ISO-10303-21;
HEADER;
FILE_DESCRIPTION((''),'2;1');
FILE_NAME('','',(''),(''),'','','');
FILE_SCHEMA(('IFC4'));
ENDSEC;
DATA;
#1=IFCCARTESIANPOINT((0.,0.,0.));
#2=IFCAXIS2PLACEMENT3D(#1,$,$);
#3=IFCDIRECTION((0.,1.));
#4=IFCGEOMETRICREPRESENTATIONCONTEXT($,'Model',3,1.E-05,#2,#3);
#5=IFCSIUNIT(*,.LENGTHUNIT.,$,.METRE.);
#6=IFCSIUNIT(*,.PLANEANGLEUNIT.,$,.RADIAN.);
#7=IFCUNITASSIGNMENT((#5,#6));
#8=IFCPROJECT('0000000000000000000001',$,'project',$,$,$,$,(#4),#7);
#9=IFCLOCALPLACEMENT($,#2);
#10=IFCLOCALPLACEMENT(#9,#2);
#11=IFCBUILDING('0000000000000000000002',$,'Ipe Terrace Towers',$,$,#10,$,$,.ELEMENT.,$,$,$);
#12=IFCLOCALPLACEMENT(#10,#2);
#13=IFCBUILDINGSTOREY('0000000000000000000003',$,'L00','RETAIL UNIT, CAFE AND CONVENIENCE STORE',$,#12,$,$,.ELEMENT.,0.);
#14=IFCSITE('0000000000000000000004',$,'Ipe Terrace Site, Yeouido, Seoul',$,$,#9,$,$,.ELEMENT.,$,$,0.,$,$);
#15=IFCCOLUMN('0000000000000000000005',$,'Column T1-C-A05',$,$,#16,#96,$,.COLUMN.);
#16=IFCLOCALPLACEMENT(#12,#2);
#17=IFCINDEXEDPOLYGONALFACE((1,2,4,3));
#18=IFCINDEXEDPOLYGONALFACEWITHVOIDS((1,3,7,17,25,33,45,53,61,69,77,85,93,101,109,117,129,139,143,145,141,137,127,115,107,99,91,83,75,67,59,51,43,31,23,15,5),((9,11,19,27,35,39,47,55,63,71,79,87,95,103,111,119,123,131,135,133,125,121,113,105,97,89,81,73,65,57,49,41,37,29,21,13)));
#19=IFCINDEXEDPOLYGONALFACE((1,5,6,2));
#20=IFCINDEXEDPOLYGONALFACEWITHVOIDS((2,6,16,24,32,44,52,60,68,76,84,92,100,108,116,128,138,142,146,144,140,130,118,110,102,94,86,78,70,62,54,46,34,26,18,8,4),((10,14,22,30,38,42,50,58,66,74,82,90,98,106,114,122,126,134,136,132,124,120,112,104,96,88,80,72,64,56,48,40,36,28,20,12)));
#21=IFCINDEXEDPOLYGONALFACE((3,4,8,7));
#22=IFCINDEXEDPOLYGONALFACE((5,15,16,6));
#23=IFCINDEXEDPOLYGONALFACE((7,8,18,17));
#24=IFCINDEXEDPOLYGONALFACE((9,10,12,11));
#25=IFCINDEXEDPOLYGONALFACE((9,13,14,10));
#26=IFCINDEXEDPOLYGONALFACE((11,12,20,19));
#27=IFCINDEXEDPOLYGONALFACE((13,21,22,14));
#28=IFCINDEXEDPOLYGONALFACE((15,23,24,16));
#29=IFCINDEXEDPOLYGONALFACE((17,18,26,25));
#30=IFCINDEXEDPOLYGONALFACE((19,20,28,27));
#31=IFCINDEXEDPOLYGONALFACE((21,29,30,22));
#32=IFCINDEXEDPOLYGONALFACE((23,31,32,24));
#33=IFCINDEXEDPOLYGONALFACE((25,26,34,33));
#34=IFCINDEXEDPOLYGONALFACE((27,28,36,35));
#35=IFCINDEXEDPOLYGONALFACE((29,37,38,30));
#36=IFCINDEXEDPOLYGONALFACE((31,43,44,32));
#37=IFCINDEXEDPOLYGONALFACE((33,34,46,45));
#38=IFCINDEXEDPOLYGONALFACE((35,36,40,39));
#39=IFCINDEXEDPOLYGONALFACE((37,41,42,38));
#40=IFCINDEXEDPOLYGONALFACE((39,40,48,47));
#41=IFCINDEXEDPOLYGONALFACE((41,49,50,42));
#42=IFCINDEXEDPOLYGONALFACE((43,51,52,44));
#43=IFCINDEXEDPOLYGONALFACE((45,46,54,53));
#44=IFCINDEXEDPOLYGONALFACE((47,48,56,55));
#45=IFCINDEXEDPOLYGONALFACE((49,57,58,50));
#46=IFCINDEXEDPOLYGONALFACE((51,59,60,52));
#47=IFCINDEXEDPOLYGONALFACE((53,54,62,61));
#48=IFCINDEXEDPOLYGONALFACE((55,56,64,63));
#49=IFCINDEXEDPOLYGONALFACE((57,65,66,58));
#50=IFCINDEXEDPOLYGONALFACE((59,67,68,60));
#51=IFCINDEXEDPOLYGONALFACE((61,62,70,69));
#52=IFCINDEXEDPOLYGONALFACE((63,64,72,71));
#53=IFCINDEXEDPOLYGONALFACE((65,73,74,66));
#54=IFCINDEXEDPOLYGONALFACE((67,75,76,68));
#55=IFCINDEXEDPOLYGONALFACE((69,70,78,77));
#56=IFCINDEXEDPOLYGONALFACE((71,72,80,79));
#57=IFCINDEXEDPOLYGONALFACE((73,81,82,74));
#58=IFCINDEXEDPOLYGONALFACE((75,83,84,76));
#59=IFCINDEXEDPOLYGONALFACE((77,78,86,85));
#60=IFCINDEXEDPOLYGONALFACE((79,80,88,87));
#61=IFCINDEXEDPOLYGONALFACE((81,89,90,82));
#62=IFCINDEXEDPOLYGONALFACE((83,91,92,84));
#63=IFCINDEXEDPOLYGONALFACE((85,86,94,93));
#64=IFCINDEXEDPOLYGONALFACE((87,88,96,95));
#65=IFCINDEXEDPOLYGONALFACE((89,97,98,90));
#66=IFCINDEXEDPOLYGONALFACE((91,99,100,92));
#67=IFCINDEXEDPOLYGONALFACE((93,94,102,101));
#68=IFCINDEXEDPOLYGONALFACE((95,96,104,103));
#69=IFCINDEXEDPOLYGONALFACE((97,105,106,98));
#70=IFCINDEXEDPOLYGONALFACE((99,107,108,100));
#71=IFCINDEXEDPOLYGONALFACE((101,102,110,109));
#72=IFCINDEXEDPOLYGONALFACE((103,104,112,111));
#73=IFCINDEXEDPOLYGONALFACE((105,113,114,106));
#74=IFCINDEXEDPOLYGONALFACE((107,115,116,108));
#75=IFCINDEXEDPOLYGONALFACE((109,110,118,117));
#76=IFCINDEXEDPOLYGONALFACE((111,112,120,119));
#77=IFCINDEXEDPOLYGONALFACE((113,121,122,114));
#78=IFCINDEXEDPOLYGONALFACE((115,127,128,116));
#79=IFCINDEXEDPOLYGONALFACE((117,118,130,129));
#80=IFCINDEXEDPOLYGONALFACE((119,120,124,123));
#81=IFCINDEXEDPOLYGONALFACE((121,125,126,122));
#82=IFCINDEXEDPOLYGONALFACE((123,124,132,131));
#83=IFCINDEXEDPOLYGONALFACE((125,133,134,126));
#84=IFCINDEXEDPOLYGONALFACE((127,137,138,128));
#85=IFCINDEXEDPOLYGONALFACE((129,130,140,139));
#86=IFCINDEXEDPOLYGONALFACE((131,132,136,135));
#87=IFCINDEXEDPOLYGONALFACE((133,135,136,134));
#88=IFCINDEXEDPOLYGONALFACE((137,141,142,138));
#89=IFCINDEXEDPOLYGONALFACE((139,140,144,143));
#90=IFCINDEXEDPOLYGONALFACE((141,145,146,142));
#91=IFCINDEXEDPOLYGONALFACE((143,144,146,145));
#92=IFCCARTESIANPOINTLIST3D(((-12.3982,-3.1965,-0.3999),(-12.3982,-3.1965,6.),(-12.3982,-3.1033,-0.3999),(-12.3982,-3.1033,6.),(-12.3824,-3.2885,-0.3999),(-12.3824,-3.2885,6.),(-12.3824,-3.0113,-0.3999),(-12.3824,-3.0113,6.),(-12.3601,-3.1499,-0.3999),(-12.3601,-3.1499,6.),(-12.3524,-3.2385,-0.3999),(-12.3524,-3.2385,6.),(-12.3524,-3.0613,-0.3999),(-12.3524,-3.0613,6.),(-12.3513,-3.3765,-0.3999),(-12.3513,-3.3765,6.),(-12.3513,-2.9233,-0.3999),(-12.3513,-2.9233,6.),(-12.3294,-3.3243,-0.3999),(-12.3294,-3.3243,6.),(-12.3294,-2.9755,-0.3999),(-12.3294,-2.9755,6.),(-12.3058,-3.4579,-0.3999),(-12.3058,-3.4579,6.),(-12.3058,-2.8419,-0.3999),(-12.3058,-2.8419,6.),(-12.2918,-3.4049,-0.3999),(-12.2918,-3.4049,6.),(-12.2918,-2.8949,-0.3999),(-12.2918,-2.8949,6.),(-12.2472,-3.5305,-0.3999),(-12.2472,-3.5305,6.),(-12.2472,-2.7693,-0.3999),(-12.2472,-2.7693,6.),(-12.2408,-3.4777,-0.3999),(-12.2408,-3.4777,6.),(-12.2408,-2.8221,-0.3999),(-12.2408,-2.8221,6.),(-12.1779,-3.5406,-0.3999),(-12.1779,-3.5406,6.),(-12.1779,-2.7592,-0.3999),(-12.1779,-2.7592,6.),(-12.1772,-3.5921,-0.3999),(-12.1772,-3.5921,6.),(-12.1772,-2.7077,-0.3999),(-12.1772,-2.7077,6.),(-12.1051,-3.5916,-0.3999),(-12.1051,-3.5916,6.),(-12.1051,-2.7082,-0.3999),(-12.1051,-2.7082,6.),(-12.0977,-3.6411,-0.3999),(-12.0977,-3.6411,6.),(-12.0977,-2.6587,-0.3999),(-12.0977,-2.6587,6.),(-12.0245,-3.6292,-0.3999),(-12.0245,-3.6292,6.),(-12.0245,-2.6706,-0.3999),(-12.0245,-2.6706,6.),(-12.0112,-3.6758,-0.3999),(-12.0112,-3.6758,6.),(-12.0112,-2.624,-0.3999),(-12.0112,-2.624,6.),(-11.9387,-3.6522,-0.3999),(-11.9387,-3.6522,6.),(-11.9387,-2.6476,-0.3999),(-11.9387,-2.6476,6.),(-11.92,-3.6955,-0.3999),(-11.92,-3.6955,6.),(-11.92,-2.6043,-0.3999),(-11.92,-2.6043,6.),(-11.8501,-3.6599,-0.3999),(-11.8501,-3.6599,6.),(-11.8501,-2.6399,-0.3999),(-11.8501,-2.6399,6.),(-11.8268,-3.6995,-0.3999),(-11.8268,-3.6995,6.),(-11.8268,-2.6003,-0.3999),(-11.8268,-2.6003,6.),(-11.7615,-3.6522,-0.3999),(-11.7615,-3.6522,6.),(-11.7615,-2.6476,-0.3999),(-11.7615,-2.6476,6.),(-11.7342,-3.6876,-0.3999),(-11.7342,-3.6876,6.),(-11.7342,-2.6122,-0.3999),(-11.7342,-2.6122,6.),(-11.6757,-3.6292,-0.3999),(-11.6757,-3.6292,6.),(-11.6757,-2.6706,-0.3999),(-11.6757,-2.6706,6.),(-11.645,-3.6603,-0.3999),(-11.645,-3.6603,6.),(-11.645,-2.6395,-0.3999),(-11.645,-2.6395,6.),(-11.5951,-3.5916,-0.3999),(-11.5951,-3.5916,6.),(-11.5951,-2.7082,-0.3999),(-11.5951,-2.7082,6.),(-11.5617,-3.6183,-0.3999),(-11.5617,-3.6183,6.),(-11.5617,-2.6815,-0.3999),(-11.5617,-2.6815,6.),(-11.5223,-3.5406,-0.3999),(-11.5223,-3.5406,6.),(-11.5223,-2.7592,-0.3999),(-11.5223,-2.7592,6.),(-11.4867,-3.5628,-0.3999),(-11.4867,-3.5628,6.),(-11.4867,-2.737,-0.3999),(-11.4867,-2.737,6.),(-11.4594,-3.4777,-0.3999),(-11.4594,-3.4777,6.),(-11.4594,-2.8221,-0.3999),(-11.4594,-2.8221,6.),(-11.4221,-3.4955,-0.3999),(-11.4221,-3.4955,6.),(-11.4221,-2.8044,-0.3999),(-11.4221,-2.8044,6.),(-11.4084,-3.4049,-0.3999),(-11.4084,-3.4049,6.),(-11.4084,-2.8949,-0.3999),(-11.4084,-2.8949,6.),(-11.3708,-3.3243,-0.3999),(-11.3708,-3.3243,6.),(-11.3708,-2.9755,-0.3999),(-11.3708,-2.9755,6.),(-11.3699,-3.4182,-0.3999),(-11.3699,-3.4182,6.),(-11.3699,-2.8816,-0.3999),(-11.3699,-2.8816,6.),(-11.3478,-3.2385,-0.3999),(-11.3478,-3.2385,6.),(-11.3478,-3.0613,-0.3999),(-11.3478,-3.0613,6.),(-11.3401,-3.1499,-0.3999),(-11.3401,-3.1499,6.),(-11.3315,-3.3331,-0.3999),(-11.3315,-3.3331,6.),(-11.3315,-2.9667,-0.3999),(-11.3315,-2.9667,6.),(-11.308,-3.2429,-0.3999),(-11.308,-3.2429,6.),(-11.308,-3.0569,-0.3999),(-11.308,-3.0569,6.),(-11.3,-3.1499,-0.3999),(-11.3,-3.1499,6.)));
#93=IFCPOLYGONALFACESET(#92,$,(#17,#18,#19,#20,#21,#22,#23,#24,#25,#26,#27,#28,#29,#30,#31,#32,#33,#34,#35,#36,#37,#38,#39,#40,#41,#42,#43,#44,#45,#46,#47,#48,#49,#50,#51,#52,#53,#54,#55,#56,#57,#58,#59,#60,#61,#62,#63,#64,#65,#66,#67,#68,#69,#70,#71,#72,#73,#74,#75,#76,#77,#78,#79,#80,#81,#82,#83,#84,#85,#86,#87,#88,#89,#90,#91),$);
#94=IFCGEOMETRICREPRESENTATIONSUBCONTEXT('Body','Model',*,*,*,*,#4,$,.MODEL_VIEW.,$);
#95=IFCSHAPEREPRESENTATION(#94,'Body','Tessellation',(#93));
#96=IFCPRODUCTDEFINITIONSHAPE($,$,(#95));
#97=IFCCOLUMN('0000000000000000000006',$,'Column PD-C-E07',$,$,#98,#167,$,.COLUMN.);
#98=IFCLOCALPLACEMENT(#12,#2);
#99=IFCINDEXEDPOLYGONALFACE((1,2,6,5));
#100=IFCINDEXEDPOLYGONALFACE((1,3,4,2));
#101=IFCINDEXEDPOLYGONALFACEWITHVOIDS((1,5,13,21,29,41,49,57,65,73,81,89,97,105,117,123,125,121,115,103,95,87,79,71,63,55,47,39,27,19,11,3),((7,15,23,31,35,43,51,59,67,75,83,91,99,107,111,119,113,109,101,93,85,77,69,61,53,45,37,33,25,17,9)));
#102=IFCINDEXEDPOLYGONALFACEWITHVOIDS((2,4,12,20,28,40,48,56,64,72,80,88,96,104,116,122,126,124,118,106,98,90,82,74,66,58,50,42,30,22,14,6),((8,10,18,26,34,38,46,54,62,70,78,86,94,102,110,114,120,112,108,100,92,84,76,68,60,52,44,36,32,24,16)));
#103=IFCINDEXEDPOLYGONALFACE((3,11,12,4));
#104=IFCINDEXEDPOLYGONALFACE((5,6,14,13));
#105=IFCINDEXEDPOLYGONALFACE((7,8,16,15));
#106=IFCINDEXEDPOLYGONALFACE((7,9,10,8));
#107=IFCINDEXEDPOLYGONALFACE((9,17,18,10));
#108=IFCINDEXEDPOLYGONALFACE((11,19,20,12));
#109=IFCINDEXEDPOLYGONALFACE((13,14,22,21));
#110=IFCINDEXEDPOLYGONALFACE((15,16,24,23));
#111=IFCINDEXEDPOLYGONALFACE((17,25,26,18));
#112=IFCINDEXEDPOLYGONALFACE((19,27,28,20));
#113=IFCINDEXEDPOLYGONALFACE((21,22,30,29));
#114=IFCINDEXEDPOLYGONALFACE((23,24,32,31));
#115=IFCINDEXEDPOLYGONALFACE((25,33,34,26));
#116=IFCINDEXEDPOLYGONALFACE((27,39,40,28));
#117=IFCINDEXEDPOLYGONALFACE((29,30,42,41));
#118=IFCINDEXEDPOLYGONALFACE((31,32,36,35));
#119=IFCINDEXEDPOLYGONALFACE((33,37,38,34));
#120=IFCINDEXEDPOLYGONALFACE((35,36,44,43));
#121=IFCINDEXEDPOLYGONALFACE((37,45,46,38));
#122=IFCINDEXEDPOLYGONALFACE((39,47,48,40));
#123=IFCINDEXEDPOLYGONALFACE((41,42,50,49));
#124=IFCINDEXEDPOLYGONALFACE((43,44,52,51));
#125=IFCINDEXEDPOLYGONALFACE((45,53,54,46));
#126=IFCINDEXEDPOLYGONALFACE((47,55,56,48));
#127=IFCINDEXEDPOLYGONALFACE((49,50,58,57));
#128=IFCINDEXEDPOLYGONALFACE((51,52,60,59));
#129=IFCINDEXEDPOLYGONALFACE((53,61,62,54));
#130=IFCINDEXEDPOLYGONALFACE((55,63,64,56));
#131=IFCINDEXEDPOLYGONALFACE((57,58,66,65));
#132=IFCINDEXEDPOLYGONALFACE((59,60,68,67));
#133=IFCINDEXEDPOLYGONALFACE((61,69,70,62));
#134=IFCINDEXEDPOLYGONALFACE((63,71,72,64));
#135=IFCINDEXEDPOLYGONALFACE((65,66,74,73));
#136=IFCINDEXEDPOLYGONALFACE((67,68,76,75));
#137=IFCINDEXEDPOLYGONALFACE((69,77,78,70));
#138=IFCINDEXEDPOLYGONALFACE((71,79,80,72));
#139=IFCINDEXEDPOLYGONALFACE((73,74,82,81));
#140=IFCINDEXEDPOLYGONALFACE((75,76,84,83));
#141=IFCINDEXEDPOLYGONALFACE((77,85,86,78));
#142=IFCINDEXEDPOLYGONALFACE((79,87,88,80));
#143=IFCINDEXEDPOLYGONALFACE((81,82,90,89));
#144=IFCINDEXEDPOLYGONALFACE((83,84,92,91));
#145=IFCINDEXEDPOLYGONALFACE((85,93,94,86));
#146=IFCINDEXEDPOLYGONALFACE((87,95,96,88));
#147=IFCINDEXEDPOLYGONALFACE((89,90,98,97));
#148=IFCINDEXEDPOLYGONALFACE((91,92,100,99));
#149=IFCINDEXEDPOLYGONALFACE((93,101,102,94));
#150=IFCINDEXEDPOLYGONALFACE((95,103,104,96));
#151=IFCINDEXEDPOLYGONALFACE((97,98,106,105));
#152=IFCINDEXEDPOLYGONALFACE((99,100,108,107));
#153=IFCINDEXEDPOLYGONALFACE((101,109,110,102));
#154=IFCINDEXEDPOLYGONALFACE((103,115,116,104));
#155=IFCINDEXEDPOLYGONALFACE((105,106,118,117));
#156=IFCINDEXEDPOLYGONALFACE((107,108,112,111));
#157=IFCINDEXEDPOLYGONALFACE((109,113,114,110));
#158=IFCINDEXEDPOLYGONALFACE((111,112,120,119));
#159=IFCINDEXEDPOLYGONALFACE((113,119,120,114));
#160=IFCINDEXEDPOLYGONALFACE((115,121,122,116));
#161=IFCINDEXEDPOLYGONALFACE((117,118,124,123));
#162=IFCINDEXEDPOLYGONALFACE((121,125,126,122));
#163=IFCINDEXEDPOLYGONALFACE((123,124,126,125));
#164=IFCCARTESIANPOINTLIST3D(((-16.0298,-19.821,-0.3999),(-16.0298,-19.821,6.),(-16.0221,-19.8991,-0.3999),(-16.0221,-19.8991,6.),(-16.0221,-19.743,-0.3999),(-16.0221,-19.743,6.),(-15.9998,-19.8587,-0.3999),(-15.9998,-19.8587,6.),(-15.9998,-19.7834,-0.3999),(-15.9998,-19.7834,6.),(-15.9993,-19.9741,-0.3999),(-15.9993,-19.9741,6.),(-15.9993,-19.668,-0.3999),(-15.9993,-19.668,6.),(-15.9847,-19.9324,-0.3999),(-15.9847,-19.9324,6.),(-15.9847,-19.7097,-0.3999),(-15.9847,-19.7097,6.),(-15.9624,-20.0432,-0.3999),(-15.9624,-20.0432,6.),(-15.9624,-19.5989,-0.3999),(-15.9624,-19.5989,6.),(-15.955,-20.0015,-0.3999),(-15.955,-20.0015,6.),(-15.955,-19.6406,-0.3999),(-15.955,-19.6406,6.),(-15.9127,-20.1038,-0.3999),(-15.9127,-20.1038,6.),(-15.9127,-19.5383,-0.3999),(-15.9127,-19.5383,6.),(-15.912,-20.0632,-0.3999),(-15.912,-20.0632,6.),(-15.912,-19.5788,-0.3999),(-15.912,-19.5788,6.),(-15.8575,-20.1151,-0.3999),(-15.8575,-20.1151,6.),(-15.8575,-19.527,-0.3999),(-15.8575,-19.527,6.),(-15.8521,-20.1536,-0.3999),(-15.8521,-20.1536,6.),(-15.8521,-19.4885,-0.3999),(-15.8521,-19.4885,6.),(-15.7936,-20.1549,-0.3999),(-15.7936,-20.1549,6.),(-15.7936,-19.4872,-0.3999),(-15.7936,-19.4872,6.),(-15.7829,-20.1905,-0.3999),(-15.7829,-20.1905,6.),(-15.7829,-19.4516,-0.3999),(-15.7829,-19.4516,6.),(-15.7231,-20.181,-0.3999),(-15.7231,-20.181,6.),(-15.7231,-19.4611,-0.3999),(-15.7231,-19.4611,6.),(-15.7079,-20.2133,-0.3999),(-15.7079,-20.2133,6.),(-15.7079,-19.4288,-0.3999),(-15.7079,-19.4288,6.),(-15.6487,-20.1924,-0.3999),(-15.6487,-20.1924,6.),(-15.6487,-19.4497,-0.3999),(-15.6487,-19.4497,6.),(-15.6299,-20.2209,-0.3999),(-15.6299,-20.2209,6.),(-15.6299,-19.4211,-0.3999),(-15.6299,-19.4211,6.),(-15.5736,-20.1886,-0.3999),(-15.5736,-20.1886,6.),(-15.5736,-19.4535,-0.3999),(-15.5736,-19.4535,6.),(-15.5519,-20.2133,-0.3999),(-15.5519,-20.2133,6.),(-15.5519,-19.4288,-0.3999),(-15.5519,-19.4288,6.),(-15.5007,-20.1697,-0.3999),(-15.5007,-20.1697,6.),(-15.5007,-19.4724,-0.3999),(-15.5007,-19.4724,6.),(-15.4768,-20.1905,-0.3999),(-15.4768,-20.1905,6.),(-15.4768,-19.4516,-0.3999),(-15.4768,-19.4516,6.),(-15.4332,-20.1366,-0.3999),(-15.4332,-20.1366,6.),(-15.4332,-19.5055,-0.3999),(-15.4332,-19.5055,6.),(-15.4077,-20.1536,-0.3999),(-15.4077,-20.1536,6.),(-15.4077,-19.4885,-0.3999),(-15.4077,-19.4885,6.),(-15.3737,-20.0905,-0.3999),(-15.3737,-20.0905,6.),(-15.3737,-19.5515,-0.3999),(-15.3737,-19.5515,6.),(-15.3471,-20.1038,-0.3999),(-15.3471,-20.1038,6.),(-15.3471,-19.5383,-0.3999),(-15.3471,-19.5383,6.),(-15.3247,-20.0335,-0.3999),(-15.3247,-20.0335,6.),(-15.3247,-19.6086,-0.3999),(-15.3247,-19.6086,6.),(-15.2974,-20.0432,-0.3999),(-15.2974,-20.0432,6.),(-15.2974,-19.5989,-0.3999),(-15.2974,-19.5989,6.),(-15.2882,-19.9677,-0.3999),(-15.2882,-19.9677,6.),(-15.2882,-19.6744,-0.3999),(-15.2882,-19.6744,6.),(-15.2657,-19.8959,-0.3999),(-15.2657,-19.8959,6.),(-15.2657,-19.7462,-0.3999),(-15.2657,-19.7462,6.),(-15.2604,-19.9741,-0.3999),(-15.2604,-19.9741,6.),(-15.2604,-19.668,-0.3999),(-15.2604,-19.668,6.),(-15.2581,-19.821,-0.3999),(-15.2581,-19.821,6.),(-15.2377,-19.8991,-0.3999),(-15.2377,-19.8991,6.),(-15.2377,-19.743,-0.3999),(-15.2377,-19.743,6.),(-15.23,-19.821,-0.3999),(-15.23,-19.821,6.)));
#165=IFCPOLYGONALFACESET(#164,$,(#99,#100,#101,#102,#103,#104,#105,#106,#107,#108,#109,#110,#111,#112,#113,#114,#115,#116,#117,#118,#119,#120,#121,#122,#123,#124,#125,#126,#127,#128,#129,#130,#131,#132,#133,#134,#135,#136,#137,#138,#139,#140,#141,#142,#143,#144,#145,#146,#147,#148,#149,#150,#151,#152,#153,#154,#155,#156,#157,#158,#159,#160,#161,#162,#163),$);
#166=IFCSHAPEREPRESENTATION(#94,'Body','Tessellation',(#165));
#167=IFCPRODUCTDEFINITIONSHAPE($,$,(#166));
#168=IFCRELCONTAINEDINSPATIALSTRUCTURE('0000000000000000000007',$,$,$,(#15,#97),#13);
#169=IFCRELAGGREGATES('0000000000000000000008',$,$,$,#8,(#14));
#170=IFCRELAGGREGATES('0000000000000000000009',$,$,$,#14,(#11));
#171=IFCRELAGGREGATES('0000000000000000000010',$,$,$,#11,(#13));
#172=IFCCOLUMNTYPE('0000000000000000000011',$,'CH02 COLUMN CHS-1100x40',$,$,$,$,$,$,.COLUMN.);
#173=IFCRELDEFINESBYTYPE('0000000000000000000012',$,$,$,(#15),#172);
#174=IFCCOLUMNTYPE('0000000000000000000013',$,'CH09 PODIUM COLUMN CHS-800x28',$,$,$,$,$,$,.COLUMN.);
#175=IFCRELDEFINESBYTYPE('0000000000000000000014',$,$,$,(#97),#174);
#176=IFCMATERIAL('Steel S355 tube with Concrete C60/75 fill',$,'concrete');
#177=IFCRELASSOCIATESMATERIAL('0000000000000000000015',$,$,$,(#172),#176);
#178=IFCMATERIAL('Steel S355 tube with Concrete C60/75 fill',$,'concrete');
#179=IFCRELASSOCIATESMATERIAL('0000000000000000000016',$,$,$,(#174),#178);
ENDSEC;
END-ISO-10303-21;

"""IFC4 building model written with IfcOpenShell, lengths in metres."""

from ifc_helpers import new_model, si_unit, direction, frame, origin, origin_2d, place, context, subcontext, project, spatial, hollow_circle, extrude, material, material_profile, profile_set, type_object, element, save


model = new_model("IFC4")

# Units and contexts
model_context = context("Model", 3, precision=1e-05, world=origin(), true_north=direction((0.0, 1.0)))
body_context = subcontext(model_context, "Body", "Model", "MODEL_VIEW")
ifc_project = project(units=[si_unit("LENGTHUNIT", "METRE"), si_unit("PLANEANGLEUNIT", "RADIAN")], contexts=[model_context])

# Site, building, storey
site_placement = place(None, origin())
site = spatial("IfcSite", under=ifc_project, at=site_placement, Name="Ipe Terrace Site, Yeouido, Seoul", CompositionType="ELEMENT", RefElevation=0.0)
building_placement = place(site_placement, origin())
building = spatial("IfcBuilding", under=site, at=building_placement, Name="Ipe Terrace Towers", CompositionType="ELEMENT")
storey_placement = place(building_placement, origin())
storey = spatial("IfcBuildingStorey", under=building, at=storey_placement, Name="L00", Description="RETAIL UNIT, CAFE AND CONVENIENCE STORE", CompositionType="ELEMENT", Elevation=0.0)

# Columns
ifc_material_1 = material(Name="Steel S355 tube with Concrete C60/75 fill", Category="concrete")
ifc_material_profile_1 = material_profile(ifc_material_1, hollow_circle(Radius=0.55, WallThickness=0.04, at=origin_2d()), Name="CHS-1100x40")
ifc_profile_set_1 = profile_set([ifc_material_profile_1], Name="Steel S355 tube with Concrete C60/75 fill")
column_type_1 = type_object("IfcColumnType", Name="CH02 COLUMN CHS-1100x40", PredefinedType="COLUMN", material=ifc_profile_set_1)
for number, where, z_axis, x_axis, name in (
    (1, (-11.8501, -3.1499, -0.3999), (0.0, 0.0, 1.0), (1.0, 0.0, 0.0), "Column T1-C-A05"),
):
    element("IfcColumn", number, at=place(storey_placement, frame(where, z_axis=z_axis, x_axis=x_axis)), inside=storey, type_object=column_type_1, Name=name, PredefinedType="COLUMN", context=body_context, shape_type="SweptSolid", body=[
        extrude(hollow_circle(Radius=0.55, WallThickness=0.04, at=origin_2d()), origin(), (0.0, 0.0, 1.0), 6.3999),
    ])
ifc_material_2 = material(Name="Steel S355 tube with Concrete C60/75 fill", Category="concrete")
ifc_material_profile_2 = material_profile(ifc_material_2, hollow_circle(Radius=0.3999, WallThickness=0.0281, at=origin_2d()), Name="CHS-800x28")
ifc_profile_set_2 = profile_set([ifc_material_profile_2], Name="Steel S355 tube with Concrete C60/75 fill")
column_type_2 = type_object("IfcColumnType", Name="CH09 PODIUM COLUMN CHS-800x28", PredefinedType="COLUMN", material=ifc_profile_set_2)
for number, where, z_axis, x_axis, name in (
    (2, (-15.6299, -19.821, -0.3999), (0.0, 0.0, 1.0), (1.0, 0.0, 0.0), "Column PD-C-E07"),
):
    element("IfcColumn", number, at=place(storey_placement, frame(where, z_axis=z_axis, x_axis=x_axis)), inside=storey, type_object=column_type_2, Name=name, PredefinedType="COLUMN", context=body_context, shape_type="SweptSolid", body=[
        extrude(hollow_circle(Radius=0.3999, WallThickness=0.0281, at=origin_2d()), origin(), (0.0, 0.0, 1.0), 6.3999),
    ])

save(model, "model.ifc")
